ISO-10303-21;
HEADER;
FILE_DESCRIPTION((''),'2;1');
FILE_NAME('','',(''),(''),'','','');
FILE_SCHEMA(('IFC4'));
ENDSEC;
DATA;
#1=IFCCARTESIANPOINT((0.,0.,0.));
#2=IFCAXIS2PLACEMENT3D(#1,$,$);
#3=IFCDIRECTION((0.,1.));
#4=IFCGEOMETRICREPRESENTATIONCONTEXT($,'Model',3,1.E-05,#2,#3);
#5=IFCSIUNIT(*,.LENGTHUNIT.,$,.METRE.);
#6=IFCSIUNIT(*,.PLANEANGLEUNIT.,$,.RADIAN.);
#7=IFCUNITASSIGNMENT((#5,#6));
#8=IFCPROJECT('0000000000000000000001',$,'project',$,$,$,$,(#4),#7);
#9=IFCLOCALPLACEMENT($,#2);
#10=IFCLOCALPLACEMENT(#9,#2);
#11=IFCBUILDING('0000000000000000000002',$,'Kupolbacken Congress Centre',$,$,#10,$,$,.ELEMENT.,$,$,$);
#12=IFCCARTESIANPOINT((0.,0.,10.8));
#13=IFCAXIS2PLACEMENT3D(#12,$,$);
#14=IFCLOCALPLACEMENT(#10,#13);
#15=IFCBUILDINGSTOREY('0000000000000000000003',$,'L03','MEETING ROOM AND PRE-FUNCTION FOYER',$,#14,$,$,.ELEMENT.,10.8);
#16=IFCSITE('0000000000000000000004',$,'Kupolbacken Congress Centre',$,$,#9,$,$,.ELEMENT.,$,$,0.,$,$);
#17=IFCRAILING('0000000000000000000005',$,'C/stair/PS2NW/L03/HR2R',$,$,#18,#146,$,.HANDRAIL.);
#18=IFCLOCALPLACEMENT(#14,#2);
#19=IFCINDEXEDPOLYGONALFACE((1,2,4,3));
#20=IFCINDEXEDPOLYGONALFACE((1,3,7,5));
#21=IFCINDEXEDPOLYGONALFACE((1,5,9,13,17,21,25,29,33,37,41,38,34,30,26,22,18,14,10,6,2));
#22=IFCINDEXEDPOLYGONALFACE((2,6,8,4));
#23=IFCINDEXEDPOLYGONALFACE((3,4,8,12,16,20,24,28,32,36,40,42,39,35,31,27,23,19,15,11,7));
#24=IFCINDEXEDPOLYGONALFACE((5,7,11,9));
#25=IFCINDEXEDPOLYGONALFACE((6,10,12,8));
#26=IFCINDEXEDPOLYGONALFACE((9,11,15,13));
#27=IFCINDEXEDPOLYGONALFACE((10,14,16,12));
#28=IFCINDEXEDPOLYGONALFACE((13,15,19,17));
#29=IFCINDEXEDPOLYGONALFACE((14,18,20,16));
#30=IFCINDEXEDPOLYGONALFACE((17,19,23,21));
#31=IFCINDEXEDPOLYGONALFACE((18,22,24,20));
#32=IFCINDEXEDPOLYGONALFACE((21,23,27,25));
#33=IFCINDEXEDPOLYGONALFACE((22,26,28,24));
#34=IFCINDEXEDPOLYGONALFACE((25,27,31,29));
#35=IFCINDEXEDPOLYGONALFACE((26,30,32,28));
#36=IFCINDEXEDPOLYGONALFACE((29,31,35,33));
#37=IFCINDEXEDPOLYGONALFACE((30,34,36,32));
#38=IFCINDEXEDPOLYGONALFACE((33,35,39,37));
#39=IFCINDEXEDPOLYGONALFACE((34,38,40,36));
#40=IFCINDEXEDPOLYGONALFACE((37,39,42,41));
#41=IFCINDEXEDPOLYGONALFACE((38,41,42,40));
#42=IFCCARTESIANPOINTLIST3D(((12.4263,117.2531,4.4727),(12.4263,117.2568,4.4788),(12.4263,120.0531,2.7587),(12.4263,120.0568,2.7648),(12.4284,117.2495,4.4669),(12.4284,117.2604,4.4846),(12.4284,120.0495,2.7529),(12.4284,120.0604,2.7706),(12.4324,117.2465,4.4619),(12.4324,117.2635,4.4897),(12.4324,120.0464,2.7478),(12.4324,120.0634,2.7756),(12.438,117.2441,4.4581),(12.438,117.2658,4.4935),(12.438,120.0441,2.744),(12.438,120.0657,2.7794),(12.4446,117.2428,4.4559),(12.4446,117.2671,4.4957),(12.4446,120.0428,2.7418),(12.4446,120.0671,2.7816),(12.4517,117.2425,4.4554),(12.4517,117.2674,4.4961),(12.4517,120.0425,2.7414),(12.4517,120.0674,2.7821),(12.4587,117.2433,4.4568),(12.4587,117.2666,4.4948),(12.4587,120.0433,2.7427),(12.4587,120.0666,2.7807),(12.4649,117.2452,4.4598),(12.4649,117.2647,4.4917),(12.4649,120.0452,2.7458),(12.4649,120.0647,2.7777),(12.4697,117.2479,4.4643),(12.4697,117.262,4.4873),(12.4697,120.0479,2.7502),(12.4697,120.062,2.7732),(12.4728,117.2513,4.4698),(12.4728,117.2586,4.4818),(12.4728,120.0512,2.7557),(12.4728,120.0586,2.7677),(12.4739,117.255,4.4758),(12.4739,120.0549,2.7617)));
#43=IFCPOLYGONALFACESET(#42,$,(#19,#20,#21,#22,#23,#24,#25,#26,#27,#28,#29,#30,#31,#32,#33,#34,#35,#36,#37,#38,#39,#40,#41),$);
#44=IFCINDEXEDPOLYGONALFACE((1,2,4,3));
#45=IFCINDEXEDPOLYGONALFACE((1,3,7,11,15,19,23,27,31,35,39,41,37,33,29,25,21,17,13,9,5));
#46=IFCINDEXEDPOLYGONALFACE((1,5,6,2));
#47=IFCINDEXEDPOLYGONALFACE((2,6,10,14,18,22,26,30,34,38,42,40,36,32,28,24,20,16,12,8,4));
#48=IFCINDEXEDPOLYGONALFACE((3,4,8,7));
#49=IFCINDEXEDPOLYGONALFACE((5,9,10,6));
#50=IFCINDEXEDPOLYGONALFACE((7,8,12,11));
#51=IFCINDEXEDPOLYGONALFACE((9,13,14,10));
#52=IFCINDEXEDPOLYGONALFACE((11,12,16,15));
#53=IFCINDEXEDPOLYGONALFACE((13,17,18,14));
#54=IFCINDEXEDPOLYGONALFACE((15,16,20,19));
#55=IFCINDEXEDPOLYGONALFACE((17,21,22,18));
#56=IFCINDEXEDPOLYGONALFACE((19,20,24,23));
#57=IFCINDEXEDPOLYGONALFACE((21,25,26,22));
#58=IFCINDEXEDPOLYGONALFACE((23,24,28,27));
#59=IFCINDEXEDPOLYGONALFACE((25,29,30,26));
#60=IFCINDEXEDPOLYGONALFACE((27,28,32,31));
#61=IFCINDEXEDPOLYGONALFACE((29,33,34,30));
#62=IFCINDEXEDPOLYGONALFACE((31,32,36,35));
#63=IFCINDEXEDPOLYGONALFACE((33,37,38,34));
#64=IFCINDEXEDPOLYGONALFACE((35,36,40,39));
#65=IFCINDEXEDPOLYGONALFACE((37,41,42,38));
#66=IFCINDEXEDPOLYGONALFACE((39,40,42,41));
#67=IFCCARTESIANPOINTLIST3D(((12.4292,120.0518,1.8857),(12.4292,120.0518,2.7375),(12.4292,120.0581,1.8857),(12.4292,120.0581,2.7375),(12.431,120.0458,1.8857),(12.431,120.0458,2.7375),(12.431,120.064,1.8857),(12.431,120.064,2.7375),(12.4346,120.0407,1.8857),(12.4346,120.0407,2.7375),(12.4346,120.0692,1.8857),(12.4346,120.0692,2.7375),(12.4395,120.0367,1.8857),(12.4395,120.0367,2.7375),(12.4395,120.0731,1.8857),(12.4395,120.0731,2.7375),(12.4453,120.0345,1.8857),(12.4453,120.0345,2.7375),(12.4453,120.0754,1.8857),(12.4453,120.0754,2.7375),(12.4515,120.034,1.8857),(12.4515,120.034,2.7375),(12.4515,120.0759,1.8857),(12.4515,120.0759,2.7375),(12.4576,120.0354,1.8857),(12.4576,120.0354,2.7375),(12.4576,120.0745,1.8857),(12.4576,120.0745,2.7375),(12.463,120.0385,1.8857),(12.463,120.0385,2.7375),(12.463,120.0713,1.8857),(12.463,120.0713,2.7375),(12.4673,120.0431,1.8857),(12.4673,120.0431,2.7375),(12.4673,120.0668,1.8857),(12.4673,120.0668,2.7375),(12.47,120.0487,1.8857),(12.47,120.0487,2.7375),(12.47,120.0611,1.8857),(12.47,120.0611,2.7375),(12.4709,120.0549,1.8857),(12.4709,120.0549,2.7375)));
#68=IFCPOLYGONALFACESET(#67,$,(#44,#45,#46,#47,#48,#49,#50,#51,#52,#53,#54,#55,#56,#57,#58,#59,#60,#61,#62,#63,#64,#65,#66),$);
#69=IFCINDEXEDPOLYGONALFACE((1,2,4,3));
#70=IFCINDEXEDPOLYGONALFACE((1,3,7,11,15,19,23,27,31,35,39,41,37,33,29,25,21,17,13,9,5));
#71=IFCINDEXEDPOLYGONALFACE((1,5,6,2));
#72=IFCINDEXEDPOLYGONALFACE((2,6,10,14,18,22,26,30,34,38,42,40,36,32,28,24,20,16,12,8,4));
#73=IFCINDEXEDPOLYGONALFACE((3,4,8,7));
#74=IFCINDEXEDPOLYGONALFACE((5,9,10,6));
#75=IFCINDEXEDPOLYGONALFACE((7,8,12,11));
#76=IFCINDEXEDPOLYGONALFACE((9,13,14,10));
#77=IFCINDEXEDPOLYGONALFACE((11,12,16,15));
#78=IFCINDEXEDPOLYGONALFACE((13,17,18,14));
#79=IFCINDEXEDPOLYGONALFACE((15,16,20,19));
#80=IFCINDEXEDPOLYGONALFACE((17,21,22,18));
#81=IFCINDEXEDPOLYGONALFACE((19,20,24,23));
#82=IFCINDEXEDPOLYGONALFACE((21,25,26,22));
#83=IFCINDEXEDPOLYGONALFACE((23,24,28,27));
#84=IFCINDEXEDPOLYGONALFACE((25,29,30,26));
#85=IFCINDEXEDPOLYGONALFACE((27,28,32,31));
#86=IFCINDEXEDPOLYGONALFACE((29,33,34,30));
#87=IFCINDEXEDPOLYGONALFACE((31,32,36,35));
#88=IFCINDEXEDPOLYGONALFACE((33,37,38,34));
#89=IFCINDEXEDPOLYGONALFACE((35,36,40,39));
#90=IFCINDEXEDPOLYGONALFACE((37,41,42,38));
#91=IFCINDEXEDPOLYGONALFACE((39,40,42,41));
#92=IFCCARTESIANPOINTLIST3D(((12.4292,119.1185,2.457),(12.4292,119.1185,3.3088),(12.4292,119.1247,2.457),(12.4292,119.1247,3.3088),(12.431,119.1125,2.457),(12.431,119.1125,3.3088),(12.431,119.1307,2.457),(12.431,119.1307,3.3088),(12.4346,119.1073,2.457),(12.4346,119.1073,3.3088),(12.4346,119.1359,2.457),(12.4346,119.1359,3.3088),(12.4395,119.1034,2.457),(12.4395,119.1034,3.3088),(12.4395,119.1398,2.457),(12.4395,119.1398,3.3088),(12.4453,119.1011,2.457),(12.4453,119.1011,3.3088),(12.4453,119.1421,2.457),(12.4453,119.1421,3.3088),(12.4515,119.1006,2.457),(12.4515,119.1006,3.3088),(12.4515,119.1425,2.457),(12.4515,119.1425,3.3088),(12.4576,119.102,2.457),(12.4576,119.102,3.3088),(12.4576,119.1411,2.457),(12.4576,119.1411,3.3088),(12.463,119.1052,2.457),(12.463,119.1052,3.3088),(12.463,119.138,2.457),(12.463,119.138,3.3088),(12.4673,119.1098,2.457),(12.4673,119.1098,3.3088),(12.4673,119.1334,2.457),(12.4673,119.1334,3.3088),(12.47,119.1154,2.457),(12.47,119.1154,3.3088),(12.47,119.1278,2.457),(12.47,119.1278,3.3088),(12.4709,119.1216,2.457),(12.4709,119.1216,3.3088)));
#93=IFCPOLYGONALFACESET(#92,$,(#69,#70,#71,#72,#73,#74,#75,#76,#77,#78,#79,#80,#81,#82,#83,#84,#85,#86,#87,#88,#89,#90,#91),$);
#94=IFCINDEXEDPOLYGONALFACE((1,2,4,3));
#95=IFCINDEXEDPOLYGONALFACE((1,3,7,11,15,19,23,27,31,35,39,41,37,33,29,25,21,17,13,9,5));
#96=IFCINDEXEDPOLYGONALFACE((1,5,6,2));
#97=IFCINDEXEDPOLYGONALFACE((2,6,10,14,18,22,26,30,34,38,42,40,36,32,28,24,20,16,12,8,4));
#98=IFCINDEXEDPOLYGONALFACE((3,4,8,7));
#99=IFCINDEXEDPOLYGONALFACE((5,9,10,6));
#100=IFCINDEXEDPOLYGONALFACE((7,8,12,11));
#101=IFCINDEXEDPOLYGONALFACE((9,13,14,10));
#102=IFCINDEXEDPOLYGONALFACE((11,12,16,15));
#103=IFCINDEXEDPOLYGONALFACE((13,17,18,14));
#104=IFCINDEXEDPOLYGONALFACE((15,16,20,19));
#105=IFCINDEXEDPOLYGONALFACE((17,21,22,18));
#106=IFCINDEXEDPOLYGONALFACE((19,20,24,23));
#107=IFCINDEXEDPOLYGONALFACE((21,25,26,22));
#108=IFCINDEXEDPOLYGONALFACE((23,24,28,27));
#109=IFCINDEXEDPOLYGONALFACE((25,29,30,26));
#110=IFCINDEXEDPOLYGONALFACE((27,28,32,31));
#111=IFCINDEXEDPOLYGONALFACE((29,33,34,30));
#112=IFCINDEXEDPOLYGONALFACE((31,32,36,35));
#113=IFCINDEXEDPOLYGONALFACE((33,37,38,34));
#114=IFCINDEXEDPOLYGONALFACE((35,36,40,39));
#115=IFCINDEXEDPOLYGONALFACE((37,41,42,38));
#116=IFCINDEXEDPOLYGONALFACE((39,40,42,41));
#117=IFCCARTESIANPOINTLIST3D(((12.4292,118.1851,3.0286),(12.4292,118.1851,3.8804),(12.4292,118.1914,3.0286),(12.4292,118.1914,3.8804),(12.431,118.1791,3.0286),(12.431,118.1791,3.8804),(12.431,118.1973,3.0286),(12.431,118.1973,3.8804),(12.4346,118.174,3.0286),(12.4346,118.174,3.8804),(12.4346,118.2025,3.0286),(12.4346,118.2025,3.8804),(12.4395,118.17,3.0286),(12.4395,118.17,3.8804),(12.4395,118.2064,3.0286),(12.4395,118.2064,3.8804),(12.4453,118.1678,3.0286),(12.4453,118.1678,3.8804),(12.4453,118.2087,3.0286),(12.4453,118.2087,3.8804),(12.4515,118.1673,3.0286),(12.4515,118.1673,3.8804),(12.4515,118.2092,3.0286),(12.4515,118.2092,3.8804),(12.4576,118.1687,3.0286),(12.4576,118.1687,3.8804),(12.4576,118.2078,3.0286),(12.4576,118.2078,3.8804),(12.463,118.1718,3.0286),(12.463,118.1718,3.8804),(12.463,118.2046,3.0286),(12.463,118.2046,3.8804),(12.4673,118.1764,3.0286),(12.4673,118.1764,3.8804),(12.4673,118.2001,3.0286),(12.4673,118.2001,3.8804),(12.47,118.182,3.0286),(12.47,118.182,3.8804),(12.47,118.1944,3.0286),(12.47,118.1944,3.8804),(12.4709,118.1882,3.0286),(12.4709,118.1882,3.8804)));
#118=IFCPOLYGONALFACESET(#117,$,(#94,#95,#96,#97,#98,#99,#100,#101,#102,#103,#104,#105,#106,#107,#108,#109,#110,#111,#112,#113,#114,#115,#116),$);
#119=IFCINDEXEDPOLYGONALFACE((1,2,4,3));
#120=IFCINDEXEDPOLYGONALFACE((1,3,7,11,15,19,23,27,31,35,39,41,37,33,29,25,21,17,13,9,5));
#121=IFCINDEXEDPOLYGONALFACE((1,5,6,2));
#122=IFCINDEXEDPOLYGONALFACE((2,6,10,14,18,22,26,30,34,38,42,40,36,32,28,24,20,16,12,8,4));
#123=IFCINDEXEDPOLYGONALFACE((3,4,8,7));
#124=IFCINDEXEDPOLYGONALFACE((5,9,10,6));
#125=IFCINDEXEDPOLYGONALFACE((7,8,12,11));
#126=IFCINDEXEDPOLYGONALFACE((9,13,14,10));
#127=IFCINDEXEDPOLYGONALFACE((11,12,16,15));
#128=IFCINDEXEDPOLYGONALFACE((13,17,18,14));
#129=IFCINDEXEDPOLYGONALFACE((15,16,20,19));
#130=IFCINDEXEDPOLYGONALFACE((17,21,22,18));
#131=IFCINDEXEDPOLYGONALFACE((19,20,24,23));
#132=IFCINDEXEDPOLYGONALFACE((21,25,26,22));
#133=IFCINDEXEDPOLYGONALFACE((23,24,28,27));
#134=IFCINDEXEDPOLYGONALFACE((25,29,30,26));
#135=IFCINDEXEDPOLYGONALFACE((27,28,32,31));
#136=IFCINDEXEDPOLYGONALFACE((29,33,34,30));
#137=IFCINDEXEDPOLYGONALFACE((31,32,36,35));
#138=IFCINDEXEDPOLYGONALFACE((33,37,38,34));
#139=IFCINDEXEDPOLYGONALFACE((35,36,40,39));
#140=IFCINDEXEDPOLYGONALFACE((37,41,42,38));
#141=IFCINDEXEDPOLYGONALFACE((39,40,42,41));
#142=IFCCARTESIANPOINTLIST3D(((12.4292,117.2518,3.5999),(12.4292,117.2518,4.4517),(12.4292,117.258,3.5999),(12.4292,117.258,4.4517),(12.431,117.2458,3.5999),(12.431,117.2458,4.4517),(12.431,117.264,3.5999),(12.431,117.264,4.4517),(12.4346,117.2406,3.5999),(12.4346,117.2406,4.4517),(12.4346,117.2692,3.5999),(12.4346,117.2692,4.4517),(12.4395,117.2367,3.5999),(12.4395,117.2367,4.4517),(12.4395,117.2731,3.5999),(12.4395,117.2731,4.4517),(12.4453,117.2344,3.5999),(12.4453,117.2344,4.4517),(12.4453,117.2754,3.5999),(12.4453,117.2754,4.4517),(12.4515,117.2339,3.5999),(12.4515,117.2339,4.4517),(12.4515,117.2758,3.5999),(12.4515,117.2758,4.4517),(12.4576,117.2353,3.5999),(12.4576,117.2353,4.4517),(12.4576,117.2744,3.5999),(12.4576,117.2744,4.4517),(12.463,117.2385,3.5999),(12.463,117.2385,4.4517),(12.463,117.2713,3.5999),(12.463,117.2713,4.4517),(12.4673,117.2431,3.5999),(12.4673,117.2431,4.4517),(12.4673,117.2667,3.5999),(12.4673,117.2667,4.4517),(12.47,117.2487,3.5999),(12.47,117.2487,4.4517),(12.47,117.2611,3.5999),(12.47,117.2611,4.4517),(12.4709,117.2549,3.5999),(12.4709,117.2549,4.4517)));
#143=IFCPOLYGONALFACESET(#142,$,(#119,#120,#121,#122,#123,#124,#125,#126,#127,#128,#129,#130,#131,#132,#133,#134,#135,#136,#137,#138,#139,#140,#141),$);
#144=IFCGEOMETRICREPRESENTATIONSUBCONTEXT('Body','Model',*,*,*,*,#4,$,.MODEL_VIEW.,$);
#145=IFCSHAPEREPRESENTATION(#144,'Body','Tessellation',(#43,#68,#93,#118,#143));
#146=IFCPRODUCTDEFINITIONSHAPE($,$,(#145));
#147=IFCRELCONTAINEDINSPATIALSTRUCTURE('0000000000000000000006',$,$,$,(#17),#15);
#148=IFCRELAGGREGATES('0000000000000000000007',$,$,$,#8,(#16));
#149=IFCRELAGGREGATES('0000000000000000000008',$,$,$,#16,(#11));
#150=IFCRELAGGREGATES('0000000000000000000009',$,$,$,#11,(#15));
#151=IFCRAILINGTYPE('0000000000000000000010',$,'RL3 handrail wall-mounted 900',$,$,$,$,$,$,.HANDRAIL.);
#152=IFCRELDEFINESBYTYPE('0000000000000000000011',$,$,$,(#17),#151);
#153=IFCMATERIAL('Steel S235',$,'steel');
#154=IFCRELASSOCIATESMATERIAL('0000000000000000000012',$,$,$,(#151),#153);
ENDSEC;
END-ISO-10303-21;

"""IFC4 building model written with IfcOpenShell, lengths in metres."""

from ifc_helpers import new_model, si_unit, direction, frame, origin, origin_2d, place, context, subcontext, project, spatial, circle, extrude, material, type_object, element, save


model = new_model("IFC4")

# Units and contexts
model_context = context("Model", 3, precision=1e-05, world=origin(), true_north=direction((0.0, 1.0)))
body_context = subcontext(model_context, "Body", "Model", "MODEL_VIEW")
ifc_project = project(units=[si_unit("LENGTHUNIT", "METRE"), si_unit("PLANEANGLEUNIT", "RADIAN")], contexts=[model_context])

# Site, building, storey
site_placement = place(None, origin())
site = spatial("IfcSite", under=ifc_project, at=site_placement, Name="Kupolbacken Congress Centre", CompositionType="ELEMENT", RefElevation=0.0)
building_placement = place(site_placement, origin())
building = spatial("IfcBuilding", under=site, at=building_placement, Name="Kupolbacken Congress Centre", CompositionType="ELEMENT")
storey_placement = place(building_placement, frame((0.0, 0.0, 10.8)))
storey = spatial("IfcBuildingStorey", under=building, at=storey_placement, Name="L03", Description="MEETING ROOM AND PRE-FUNCTION FOYER", CompositionType="ELEMENT", Elevation=10.8)

# Railing
ifc_material_1 = material(Name="Steel S235", Category="steel")
railing_type = type_object("IfcRailingType", Name="RL3 handrail wall-mounted 900", PredefinedType="HANDRAIL", material=ifc_material_1)
for number, where, name in (
    (1, (12.45, 120.0549, 1.8857), "C/stair/PS2NW/L03/HR2R"),
):
    element("IfcRailing", number, at=place(storey_placement, frame(where)), inside=storey, type_object=railing_type, Name=name, PredefinedType="HANDRAIL", context=body_context, shape_type="SweptSolid", body=[
        extrude(circle(Radius=0.0239, at=origin_2d()), frame((0.0, 0.0, 0.876), z_axis=(0.0, -0.852879, 0.522109), x_axis=(1.0, 0.0, 0.0)), (0.0, 0.0, 1.0), 3.283),
        extrude(circle(Radius=0.021, at=origin_2d()), origin(), (0.0, 0.0, 1.0), 0.8518),
        extrude(circle(Radius=0.021, at=origin_2d()), frame((0.0, -0.9333, 0.5713)), (0.0, 0.0, 1.0), 0.8518),
        extrude(circle(Radius=0.021, at=origin_2d()), frame((0.0, -1.8667, 1.1428)), (0.0, 0.0, 1.0), 0.8518),
        extrude(circle(Radius=0.021, at=origin_2d()), frame((0.0, -2.8, 1.7141)), (0.0, 0.0, 1.0), 0.8518),
    ])

save(model, "model.ifc")
